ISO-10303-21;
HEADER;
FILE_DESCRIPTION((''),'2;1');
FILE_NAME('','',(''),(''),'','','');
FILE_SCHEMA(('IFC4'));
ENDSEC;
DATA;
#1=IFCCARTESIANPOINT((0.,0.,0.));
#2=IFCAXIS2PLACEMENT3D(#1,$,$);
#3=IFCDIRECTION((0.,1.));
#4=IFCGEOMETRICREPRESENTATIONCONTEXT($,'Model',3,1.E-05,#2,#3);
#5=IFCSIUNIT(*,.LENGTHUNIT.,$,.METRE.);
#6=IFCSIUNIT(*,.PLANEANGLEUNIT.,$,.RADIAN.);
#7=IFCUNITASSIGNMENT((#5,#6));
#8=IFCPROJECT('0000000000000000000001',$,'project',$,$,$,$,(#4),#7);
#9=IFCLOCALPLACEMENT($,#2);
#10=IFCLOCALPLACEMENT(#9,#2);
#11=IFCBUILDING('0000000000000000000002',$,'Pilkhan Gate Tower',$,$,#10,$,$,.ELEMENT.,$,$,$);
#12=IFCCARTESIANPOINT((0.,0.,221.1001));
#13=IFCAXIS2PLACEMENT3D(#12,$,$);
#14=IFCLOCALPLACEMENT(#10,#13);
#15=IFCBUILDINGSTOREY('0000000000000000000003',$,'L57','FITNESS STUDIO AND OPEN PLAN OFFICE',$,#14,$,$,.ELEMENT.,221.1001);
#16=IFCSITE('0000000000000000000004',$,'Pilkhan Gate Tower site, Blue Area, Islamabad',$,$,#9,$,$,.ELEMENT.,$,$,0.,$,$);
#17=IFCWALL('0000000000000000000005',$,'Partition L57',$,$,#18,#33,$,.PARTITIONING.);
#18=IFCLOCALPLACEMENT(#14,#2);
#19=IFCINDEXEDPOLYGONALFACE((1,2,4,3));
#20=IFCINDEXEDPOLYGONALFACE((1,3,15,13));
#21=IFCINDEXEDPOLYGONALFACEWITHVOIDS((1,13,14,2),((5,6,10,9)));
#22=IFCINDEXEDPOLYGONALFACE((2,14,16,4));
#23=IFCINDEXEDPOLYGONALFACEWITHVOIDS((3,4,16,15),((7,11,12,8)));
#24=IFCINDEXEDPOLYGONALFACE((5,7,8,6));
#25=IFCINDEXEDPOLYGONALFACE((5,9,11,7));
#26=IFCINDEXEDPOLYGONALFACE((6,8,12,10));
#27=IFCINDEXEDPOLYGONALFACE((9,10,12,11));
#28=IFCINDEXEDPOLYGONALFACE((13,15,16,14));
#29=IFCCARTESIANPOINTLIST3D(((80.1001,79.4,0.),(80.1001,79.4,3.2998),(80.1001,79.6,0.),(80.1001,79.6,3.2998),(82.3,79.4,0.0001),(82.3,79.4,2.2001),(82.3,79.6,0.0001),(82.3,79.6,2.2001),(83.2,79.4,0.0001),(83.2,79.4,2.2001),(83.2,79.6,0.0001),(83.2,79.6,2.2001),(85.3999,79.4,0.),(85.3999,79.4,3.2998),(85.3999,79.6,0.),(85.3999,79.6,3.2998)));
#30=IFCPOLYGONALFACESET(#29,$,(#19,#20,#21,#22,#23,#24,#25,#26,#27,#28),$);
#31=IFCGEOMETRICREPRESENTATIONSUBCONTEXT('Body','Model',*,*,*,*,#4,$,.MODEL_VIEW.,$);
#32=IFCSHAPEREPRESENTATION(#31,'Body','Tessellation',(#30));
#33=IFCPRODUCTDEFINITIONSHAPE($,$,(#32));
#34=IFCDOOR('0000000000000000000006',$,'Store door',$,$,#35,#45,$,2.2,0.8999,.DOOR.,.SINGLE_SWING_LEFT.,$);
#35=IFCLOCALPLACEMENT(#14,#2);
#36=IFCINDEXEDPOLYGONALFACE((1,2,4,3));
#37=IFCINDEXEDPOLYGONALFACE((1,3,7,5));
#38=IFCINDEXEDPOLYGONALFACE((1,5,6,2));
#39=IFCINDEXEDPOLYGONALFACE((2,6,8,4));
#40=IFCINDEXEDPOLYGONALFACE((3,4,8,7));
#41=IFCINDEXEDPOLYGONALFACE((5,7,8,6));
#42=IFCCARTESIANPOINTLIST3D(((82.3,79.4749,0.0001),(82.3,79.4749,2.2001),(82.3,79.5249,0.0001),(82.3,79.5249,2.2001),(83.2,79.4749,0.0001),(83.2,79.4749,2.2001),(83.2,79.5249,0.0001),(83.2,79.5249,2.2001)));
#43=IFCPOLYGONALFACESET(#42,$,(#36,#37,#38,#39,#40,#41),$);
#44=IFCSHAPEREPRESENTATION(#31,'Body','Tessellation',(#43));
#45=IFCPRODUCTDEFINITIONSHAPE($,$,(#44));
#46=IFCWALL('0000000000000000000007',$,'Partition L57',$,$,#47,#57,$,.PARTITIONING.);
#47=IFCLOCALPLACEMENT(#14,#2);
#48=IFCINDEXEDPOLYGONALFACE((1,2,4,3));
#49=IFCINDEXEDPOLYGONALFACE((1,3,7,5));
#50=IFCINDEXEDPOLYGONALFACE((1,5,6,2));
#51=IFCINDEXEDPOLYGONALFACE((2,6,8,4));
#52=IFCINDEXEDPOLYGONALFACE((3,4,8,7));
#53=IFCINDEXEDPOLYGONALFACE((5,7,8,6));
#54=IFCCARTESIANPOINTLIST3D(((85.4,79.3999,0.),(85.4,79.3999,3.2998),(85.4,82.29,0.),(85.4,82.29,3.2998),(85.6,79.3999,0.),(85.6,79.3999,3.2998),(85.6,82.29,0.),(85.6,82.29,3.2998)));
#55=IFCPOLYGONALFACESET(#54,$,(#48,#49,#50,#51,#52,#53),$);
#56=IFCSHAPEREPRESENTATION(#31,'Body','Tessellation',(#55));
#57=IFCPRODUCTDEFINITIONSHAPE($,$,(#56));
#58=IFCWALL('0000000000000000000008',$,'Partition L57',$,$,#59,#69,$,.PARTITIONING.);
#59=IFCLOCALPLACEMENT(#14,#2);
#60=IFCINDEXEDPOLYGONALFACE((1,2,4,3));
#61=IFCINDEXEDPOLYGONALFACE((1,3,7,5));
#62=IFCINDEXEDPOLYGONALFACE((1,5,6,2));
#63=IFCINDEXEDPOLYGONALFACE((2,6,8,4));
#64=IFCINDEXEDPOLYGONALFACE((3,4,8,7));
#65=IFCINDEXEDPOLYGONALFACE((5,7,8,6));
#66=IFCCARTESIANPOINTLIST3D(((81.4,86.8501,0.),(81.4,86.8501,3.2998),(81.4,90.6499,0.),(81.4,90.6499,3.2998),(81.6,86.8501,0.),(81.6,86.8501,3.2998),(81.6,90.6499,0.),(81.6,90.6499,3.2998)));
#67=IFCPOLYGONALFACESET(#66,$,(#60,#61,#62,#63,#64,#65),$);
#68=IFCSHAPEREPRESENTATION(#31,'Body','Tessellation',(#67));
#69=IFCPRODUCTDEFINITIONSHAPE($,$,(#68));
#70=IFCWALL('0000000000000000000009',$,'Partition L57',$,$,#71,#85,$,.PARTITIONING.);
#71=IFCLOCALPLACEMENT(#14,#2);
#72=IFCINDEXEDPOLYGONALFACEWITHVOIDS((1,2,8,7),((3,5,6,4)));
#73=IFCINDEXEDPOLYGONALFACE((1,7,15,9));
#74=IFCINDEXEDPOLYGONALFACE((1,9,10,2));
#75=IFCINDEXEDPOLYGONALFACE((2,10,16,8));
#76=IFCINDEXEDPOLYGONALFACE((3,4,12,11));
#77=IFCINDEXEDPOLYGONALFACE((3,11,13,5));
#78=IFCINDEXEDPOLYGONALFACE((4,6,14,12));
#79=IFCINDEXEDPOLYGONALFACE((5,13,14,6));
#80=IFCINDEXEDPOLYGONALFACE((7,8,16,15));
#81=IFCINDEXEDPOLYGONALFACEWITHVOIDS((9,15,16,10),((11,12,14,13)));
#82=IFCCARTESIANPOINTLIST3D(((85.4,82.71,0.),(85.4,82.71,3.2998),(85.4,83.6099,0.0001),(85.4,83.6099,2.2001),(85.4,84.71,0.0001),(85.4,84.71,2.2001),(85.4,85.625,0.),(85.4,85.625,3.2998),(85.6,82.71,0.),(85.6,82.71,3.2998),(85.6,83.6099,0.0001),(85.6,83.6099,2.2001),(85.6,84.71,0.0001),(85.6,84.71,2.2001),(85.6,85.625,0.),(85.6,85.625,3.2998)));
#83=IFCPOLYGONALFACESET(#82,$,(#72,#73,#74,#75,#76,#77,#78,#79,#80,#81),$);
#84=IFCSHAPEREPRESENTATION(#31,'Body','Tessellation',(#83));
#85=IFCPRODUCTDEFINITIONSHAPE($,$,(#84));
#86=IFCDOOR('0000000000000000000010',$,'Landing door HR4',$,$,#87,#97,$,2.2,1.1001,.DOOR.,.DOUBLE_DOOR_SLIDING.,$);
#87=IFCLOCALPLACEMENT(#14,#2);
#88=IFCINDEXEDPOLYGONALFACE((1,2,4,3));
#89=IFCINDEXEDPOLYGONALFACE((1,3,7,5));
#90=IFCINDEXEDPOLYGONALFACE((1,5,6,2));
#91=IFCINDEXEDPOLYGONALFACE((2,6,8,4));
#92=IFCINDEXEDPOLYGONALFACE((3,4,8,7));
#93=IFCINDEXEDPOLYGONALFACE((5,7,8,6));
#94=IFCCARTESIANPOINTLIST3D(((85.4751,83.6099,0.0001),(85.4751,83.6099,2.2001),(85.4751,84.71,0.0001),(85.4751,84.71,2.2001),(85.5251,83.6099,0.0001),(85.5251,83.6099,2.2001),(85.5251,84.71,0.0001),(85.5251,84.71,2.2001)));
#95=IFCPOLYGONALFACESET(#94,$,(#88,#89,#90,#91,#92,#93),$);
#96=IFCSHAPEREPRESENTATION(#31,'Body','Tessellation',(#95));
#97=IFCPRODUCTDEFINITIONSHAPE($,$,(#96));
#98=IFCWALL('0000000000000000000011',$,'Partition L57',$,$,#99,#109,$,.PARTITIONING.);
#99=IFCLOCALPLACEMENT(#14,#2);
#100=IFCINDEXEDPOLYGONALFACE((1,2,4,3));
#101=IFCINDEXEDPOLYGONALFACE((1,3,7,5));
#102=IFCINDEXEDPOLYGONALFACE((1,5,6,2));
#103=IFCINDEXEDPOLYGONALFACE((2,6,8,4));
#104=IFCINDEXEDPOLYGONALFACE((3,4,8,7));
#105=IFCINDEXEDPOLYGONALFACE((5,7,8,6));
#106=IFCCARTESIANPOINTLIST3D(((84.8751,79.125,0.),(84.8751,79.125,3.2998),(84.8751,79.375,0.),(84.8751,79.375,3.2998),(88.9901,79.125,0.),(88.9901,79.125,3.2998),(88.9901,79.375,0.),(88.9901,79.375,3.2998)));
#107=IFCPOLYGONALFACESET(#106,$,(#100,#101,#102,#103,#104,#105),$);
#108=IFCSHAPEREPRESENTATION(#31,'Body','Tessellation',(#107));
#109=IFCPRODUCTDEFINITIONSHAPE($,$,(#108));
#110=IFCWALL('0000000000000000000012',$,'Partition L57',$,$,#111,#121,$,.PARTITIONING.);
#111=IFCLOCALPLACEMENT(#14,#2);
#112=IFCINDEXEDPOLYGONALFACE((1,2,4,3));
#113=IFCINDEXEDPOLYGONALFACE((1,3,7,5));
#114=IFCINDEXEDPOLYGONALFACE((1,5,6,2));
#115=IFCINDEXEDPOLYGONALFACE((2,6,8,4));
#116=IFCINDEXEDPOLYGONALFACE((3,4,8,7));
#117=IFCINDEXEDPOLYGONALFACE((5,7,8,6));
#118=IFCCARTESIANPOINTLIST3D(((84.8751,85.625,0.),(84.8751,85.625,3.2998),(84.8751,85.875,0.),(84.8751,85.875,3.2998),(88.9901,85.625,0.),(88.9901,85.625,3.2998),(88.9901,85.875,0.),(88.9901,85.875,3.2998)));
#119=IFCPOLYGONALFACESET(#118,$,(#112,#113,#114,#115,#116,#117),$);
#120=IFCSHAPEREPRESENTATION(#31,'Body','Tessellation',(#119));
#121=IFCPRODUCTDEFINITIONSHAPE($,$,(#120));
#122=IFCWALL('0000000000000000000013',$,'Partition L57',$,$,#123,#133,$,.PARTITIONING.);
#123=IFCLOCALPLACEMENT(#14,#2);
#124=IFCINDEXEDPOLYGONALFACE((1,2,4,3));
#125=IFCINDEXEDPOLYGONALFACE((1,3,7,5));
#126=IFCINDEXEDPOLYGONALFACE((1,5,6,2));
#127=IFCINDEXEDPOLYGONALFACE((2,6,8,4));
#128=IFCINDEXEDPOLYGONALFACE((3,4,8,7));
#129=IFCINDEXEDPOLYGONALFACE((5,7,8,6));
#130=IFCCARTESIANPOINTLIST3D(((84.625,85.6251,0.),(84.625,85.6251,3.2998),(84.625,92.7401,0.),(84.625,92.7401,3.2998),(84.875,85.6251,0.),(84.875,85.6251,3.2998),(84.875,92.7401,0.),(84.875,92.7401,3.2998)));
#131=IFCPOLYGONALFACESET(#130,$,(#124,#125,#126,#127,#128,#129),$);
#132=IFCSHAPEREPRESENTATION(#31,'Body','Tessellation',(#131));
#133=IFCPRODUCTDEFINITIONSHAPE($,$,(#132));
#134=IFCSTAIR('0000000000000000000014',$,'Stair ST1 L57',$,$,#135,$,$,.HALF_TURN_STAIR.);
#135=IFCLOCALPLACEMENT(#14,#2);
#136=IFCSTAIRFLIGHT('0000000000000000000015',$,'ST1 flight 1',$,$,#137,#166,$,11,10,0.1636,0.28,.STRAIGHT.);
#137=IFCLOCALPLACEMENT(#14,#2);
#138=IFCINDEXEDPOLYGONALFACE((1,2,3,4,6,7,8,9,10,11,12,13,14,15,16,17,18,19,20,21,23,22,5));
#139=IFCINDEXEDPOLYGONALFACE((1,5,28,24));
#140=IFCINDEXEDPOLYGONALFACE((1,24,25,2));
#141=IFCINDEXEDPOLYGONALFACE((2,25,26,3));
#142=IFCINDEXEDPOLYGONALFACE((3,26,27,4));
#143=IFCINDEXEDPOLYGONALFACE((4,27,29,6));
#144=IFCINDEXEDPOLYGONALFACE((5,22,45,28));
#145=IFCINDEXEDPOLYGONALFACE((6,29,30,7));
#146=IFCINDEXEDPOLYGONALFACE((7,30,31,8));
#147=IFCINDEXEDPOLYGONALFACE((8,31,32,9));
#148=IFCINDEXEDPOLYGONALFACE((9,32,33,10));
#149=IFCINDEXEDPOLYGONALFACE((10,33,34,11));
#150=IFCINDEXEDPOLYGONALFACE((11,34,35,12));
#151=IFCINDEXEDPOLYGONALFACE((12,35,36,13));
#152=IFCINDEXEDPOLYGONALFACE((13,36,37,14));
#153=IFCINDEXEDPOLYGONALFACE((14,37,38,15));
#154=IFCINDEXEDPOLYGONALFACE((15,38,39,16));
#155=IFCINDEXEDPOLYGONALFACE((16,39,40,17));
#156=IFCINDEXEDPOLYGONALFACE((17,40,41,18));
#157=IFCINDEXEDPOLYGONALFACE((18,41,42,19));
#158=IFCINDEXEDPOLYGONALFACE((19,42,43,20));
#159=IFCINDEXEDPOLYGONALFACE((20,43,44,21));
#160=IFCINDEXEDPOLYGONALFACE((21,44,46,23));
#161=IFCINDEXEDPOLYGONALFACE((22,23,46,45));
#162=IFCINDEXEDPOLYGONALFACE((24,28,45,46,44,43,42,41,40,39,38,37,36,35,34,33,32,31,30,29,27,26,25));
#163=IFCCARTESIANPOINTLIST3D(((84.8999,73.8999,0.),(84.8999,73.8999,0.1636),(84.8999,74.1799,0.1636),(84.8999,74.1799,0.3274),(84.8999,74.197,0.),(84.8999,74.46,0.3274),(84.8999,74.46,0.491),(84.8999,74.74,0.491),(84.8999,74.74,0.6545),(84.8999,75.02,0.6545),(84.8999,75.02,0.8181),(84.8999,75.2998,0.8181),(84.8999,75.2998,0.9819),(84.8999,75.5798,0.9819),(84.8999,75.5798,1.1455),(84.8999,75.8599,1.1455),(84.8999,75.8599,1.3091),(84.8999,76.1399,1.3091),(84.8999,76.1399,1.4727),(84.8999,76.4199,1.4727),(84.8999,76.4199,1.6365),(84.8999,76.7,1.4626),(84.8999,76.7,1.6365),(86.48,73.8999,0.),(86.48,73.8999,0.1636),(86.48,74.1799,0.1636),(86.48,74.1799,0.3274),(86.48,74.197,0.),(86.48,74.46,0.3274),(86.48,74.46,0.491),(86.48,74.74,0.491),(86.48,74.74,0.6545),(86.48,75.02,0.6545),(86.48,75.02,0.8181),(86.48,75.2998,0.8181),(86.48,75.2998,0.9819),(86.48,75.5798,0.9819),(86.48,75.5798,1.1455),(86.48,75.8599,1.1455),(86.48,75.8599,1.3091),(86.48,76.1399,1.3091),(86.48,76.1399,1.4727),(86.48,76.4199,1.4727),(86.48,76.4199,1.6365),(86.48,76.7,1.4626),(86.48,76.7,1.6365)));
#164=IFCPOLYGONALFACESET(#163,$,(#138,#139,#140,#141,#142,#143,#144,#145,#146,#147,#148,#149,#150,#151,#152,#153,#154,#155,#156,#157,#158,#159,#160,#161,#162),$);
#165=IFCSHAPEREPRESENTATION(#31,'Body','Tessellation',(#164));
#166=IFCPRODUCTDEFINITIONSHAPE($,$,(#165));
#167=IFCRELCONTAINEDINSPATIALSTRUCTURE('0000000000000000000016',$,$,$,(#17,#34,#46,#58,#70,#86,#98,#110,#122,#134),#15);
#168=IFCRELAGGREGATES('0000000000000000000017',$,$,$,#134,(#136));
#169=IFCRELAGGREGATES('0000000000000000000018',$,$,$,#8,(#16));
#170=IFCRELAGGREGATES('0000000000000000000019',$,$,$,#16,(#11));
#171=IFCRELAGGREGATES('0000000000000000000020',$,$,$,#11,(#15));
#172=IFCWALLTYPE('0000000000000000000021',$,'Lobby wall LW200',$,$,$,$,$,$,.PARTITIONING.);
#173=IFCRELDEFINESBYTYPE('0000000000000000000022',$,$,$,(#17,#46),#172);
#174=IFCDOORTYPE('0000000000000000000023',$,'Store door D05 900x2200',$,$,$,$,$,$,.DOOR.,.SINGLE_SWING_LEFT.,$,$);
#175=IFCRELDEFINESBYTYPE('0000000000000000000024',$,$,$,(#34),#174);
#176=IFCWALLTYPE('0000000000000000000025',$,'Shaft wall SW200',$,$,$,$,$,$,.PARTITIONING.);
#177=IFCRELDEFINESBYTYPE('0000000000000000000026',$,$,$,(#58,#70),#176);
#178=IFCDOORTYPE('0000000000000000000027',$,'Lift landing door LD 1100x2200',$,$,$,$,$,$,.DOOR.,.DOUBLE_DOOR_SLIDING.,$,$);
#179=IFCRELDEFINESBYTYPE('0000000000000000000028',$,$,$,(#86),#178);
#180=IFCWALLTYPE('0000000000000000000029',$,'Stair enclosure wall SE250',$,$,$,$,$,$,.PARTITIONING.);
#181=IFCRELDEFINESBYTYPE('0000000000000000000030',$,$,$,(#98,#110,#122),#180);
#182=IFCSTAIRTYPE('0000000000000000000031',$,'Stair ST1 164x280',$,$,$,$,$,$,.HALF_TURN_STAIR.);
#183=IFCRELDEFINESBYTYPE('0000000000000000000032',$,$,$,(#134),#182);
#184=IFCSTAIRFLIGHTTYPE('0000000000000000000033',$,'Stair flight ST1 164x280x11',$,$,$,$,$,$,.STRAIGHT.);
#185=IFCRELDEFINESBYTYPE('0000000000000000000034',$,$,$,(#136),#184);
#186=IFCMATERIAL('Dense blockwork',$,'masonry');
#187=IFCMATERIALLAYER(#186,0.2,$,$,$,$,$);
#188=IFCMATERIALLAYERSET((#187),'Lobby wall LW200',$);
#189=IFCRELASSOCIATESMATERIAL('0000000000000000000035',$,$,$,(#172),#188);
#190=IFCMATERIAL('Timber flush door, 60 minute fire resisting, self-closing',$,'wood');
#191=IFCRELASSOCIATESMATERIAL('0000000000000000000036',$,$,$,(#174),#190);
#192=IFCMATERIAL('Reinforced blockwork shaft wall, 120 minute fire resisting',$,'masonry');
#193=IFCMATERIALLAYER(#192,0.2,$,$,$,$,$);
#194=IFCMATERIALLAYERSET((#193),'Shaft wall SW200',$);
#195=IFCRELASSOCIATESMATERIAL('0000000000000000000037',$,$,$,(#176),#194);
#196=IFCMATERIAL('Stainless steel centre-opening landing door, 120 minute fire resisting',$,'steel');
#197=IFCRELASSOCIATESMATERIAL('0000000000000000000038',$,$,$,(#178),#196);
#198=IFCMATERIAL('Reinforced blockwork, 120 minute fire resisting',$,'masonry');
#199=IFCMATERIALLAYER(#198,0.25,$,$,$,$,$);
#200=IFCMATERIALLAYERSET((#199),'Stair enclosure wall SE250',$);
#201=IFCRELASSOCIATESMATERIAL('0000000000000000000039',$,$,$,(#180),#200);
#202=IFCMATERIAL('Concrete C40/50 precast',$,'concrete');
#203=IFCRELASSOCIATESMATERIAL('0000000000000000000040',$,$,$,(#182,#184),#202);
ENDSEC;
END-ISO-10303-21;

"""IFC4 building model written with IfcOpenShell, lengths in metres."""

from ifc_helpers import new_model, si_unit, direction, frame, frame_2d, origin, place, context, subcontext, project, spatial, polyline, rectangle, outline, extrude, material, layer, layer_set, type_object, element, fill, aggregate, save


model = new_model("IFC4")

# Units and contexts
model_context = context("Model", 3, precision=1e-05, world=origin(), true_north=direction((0.0, 1.0)))
body_context = subcontext(model_context, "Body", "Model", "MODEL_VIEW")
ifc_project = project(units=[si_unit("LENGTHUNIT", "METRE"), si_unit("PLANEANGLEUNIT", "RADIAN")], contexts=[model_context])

# Site, building, storey
site_placement = place(None, origin())
site = spatial("IfcSite", under=ifc_project, at=site_placement, Name="Pilkhan Gate Tower site, Blue Area, Islamabad", CompositionType="ELEMENT", RefElevation=0.0)
building_placement = place(site_placement, origin())
building = spatial("IfcBuilding", under=site, at=building_placement, Name="Pilkhan Gate Tower", CompositionType="ELEMENT")
storey_placement = place(building_placement, frame((0.0, 0.0, 221.1001)))
storey = spatial("IfcBuildingStorey", under=building, at=storey_placement, Name="L57", Description="FITNESS STUDIO AND OPEN PLAN OFFICE", CompositionType="ELEMENT", Elevation=221.1001)

# Wall, opening, door
ifc_material_1 = material(Name="Dense blockwork", Category="masonry")
ifc_layer_1 = layer(ifc_material_1, 0.2)
ifc_layer_set_1 = layer_set([ifc_layer_1], Name="Lobby wall LW200")
wall_type_1 = type_object("IfcWallType", Name="Lobby wall LW200", PredefinedType="PARTITIONING", material=ifc_layer_set_1)
wall_1_placement = place(storey_placement, frame((80.1001, 79.5, 0.0), z_axis=(0.0, 0.0, 1.0), x_axis=(1.0, 0.0, 0.0)))
wall_1 = element("IfcWall", 1, at=wall_1_placement, inside=storey, type_object=wall_type_1, Name="Partition L57", PredefinedType="PARTITIONING", context=body_context, shape_type="SweptSolid", body=[
    extrude(rectangle(XDim=5.2998, YDim=0.2, at=frame_2d((2.6499, 0.0))), origin(), (0.0, 0.0, 1.0), 3.2998),
])
opening_1_placement = place(wall_1_placement, frame((2.2, 0.0, 0.0)))
opening_1 = element("IfcOpeningElement", 2, at=opening_1_placement, cuts=wall_1, PredefinedType="OPENING", context=body_context, shape_type="SweptSolid", body=[
    extrude(rectangle(XDim=0.8999, YDim=2.2, at=frame_2d((0.45, 1.1001))), frame((0.0, 0.1099, 0.0), z_axis=(0.0, -1.0, 0.0), x_axis=(1.0, 0.0, 0.0)), (0.0, 0.0, 1.0), 0.22),
])
ifc_material_2 = material(Name="Timber flush door, 60 minute fire resisting, self-closing", Category="wood")
door_type_1 = type_object("IfcDoorType", Name="Store door D05 900x2200", OperationType="SINGLE_SWING_LEFT", PredefinedType="DOOR", material=ifc_material_2)
door_1_placement = place(opening_1_placement, origin())
door_1 = element("IfcDoor", 3, at=door_1_placement, inside=storey, type_object=door_type_1, Name="Store door", OperationType="SINGLE_SWING_LEFT", OverallHeight=2.2, OverallWidth=0.8999, PredefinedType="DOOR", context=body_context, shape_type="SweptSolid", body=[
    extrude(rectangle(XDim=0.8999, YDim=2.2, at=frame_2d((0.45, 1.1001))), frame((0.0, 0.0249, 0.0), z_axis=(0.0, -1.0, 0.0), x_axis=(1.0, 0.0, 0.0)), (0.0, 0.0, 1.0), 0.05),
])
fill(opening_1, door_1)

# Walls
wall_2_placement = place(storey_placement, frame((85.5, 79.3999, 0.0), z_axis=(0.0, 0.0, 1.0), x_axis=(0.0, 1.0, 0.0)))
element("IfcWall", 4, at=wall_2_placement, inside=storey, type_object=wall_type_1, Name="Partition L57", PredefinedType="PARTITIONING", context=body_context, shape_type="SweptSolid", body=[
    extrude(rectangle(XDim=2.8901, YDim=0.2, at=frame_2d((1.4451, 0.0))), origin(), (0.0, 0.0, 1.0), 3.2998),
])
ifc_material_3 = material(Name="Reinforced blockwork shaft wall, 120 minute fire resisting", Category="masonry")
ifc_layer_2 = layer(ifc_material_3, 0.2)
ifc_layer_set_2 = layer_set([ifc_layer_2], Name="Shaft wall SW200")
wall_type_2 = type_object("IfcWallType", Name="Shaft wall SW200", PredefinedType="PARTITIONING", material=ifc_layer_set_2)
wall_3_placement = place(storey_placement, frame((81.5, 86.8501, 0.0), z_axis=(0.0, 0.0, 1.0), x_axis=(0.0, 1.0, 0.0)))
element("IfcWall", 5, at=wall_3_placement, inside=storey, type_object=wall_type_2, Name="Partition L57", PredefinedType="PARTITIONING", context=body_context, shape_type="SweptSolid", body=[
    extrude(rectangle(XDim=3.7998, YDim=0.2, at=frame_2d((1.8999, 0.0))), origin(), (0.0, 0.0, 1.0), 3.2998),
])

# Wall, opening, door
wall_4_placement = place(storey_placement, frame((85.5, 82.71, 0.0), z_axis=(0.0, 0.0, 1.0), x_axis=(0.0, 1.0, 0.0)))
wall_4 = element("IfcWall", 6, at=wall_4_placement, inside=storey, type_object=wall_type_2, Name="Partition L57", PredefinedType="PARTITIONING", context=body_context, shape_type="SweptSolid", body=[
    extrude(rectangle(XDim=2.915, YDim=0.2, at=frame_2d((1.4575, 0.0))), origin(), (0.0, 0.0, 1.0), 3.2998),
])
opening_2_placement = place(wall_4_placement, frame((0.8999, 0.0, 0.0)))
opening_2 = element("IfcOpeningElement", 7, at=opening_2_placement, cuts=wall_4, PredefinedType="OPENING", context=body_context, shape_type="SweptSolid", body=[
    extrude(rectangle(XDim=1.1001, YDim=2.2, at=frame_2d((0.55, 1.1001))), frame((0.0, 0.1099, 0.0), z_axis=(0.0, -1.0, 0.0), x_axis=(1.0, 0.0, 0.0)), (0.0, 0.0, 1.0), 0.22),
])
ifc_material_4 = material(Name="Stainless steel centre-opening landing door, 120 minute fire resisting", Category="steel")
door_type_2 = type_object("IfcDoorType", Name="Lift landing door LD 1100x2200", OperationType="DOUBLE_DOOR_SLIDING", PredefinedType="DOOR", material=ifc_material_4)
door_2_placement = place(opening_2_placement, origin())
door_2 = element("IfcDoor", 8, at=door_2_placement, inside=storey, type_object=door_type_2, Name="Landing door HR4", OperationType="DOUBLE_DOOR_SLIDING", OverallHeight=2.2, OverallWidth=1.1001, PredefinedType="DOOR", context=body_context, shape_type="SweptSolid", body=[
    extrude(rectangle(XDim=1.1001, YDim=2.2, at=frame_2d((0.55, 1.1001))), frame((0.0, 0.0249, 0.0), z_axis=(0.0, -1.0, 0.0), x_axis=(1.0, 0.0, 0.0)), (0.0, 0.0, 1.0), 0.05),
])
fill(opening_2, door_2)

# Walls
ifc_material_5 = material(Name="Reinforced blockwork, 120 minute fire resisting", Category="masonry")
ifc_layer_3 = layer(ifc_material_5, 0.25)
ifc_layer_set_3 = layer_set([ifc_layer_3], Name="Stair enclosure wall SE250")
wall_type_3 = type_object("IfcWallType", Name="Stair enclosure wall SE250", PredefinedType="PARTITIONING", material=ifc_layer_set_3)
for number, where, z_axis, x_axis, name in (
    (9, (84.875, 79.25, 0.0), (0.0, 0.0, 1.0), (1.0, 0.0, 0.0), "Partition L57"),
    (10, (84.875, 85.75, 0.0), (0.0, 0.0, 1.0), (1.0, 0.0, 0.0), "Partition L57"),
):
    element("IfcWall", number, at=place(storey_placement, frame(where, z_axis=z_axis, x_axis=x_axis)), inside=storey, type_object=wall_type_3, Name=name, PredefinedType="PARTITIONING", context=body_context, shape_type="SweptSolid", body=[
        extrude(rectangle(XDim=4.115, YDim=0.25, at=frame_2d((2.0576, 0.0))), origin(), (0.0, 0.0, 1.0), 3.2998),
    ])
wall_5_placement = place(storey_placement, frame((84.75, 85.625, 0.0), z_axis=(0.0, 0.0, 1.0), x_axis=(0.0, 1.0, 0.0)))
element("IfcWall", 11, at=wall_5_placement, inside=storey, type_object=wall_type_3, Name="Partition L57", PredefinedType="PARTITIONING", context=body_context, shape_type="SweptSolid", body=[
    extrude(rectangle(XDim=7.115, YDim=0.25, at=frame_2d((3.5576, 0.0))), origin(), (0.0, 0.0, 1.0), 3.2998),
])

# Stair, stair flight
ifc_material_6 = material(Name="Concrete C40/50 precast", Category="concrete")
stair_type = type_object("IfcStairType", Name="Stair ST1 164x280", PredefinedType="HALF_TURN_STAIR", material=ifc_material_6)
stair_placement = place(storey_placement, origin())
stair = element("IfcStair", 12, at=stair_placement, inside=storey, type_object=stair_type, Name="Stair ST1 L57", PredefinedType="HALF_TURN_STAIR")
stair_flight_type = type_object("IfcStairFlightType", Name="Stair flight ST1 164x280x11", PredefinedType="STRAIGHT", material=ifc_material_6)
stair_flight_1_placement = place(storey_placement, frame((85.6899, 73.8999, 0.0), z_axis=(0.0, 0.0, 1.0), x_axis=(0.0, 1.0, 0.0)))
stair_flight_1 = element("IfcStairFlight", 13, at=stair_flight_1_placement, type_object=stair_flight_type, Name="ST1 flight 1", NumberOfRisers=11, NumberOfTreads=10, PredefinedType="STRAIGHT", RiserHeight=0.1636, TreadLength=0.28, context=body_context, shape_type="SweptSolid", body=[
    extrude(outline(polyline([(0.0, 0.0), (0.0, 0.1636), (0.28, 0.1636), (0.28, 0.3274), (0.5601, 0.3274), (0.5601, 0.491), (0.8401, 0.491), (0.8401, 0.6545), (1.1201, 0.6545), (1.1201, 0.8181), (1.3999, 0.8181), (1.3999, 0.9819), (1.6799, 0.9819), (1.6799, 1.1455), (1.96, 1.1455), (1.96, 1.3091), (2.24, 1.3091), (2.24, 1.4727), (2.52, 1.4727), (2.52, 1.6365), (2.8, 1.6365), (2.8, 1.8), (2.8, 1.4626), (0.2971, 0.0), (0.0, 0.0)])), frame((0.0, 0.79, 0.0), z_axis=(0.0, -1.0, 0.0), x_axis=(1.0, 0.0, 0.0)), (0.0, 0.0, 1.0), 1.5801),
])
aggregate(stair, [stair_flight_1])

save(model, "model.ifc")
